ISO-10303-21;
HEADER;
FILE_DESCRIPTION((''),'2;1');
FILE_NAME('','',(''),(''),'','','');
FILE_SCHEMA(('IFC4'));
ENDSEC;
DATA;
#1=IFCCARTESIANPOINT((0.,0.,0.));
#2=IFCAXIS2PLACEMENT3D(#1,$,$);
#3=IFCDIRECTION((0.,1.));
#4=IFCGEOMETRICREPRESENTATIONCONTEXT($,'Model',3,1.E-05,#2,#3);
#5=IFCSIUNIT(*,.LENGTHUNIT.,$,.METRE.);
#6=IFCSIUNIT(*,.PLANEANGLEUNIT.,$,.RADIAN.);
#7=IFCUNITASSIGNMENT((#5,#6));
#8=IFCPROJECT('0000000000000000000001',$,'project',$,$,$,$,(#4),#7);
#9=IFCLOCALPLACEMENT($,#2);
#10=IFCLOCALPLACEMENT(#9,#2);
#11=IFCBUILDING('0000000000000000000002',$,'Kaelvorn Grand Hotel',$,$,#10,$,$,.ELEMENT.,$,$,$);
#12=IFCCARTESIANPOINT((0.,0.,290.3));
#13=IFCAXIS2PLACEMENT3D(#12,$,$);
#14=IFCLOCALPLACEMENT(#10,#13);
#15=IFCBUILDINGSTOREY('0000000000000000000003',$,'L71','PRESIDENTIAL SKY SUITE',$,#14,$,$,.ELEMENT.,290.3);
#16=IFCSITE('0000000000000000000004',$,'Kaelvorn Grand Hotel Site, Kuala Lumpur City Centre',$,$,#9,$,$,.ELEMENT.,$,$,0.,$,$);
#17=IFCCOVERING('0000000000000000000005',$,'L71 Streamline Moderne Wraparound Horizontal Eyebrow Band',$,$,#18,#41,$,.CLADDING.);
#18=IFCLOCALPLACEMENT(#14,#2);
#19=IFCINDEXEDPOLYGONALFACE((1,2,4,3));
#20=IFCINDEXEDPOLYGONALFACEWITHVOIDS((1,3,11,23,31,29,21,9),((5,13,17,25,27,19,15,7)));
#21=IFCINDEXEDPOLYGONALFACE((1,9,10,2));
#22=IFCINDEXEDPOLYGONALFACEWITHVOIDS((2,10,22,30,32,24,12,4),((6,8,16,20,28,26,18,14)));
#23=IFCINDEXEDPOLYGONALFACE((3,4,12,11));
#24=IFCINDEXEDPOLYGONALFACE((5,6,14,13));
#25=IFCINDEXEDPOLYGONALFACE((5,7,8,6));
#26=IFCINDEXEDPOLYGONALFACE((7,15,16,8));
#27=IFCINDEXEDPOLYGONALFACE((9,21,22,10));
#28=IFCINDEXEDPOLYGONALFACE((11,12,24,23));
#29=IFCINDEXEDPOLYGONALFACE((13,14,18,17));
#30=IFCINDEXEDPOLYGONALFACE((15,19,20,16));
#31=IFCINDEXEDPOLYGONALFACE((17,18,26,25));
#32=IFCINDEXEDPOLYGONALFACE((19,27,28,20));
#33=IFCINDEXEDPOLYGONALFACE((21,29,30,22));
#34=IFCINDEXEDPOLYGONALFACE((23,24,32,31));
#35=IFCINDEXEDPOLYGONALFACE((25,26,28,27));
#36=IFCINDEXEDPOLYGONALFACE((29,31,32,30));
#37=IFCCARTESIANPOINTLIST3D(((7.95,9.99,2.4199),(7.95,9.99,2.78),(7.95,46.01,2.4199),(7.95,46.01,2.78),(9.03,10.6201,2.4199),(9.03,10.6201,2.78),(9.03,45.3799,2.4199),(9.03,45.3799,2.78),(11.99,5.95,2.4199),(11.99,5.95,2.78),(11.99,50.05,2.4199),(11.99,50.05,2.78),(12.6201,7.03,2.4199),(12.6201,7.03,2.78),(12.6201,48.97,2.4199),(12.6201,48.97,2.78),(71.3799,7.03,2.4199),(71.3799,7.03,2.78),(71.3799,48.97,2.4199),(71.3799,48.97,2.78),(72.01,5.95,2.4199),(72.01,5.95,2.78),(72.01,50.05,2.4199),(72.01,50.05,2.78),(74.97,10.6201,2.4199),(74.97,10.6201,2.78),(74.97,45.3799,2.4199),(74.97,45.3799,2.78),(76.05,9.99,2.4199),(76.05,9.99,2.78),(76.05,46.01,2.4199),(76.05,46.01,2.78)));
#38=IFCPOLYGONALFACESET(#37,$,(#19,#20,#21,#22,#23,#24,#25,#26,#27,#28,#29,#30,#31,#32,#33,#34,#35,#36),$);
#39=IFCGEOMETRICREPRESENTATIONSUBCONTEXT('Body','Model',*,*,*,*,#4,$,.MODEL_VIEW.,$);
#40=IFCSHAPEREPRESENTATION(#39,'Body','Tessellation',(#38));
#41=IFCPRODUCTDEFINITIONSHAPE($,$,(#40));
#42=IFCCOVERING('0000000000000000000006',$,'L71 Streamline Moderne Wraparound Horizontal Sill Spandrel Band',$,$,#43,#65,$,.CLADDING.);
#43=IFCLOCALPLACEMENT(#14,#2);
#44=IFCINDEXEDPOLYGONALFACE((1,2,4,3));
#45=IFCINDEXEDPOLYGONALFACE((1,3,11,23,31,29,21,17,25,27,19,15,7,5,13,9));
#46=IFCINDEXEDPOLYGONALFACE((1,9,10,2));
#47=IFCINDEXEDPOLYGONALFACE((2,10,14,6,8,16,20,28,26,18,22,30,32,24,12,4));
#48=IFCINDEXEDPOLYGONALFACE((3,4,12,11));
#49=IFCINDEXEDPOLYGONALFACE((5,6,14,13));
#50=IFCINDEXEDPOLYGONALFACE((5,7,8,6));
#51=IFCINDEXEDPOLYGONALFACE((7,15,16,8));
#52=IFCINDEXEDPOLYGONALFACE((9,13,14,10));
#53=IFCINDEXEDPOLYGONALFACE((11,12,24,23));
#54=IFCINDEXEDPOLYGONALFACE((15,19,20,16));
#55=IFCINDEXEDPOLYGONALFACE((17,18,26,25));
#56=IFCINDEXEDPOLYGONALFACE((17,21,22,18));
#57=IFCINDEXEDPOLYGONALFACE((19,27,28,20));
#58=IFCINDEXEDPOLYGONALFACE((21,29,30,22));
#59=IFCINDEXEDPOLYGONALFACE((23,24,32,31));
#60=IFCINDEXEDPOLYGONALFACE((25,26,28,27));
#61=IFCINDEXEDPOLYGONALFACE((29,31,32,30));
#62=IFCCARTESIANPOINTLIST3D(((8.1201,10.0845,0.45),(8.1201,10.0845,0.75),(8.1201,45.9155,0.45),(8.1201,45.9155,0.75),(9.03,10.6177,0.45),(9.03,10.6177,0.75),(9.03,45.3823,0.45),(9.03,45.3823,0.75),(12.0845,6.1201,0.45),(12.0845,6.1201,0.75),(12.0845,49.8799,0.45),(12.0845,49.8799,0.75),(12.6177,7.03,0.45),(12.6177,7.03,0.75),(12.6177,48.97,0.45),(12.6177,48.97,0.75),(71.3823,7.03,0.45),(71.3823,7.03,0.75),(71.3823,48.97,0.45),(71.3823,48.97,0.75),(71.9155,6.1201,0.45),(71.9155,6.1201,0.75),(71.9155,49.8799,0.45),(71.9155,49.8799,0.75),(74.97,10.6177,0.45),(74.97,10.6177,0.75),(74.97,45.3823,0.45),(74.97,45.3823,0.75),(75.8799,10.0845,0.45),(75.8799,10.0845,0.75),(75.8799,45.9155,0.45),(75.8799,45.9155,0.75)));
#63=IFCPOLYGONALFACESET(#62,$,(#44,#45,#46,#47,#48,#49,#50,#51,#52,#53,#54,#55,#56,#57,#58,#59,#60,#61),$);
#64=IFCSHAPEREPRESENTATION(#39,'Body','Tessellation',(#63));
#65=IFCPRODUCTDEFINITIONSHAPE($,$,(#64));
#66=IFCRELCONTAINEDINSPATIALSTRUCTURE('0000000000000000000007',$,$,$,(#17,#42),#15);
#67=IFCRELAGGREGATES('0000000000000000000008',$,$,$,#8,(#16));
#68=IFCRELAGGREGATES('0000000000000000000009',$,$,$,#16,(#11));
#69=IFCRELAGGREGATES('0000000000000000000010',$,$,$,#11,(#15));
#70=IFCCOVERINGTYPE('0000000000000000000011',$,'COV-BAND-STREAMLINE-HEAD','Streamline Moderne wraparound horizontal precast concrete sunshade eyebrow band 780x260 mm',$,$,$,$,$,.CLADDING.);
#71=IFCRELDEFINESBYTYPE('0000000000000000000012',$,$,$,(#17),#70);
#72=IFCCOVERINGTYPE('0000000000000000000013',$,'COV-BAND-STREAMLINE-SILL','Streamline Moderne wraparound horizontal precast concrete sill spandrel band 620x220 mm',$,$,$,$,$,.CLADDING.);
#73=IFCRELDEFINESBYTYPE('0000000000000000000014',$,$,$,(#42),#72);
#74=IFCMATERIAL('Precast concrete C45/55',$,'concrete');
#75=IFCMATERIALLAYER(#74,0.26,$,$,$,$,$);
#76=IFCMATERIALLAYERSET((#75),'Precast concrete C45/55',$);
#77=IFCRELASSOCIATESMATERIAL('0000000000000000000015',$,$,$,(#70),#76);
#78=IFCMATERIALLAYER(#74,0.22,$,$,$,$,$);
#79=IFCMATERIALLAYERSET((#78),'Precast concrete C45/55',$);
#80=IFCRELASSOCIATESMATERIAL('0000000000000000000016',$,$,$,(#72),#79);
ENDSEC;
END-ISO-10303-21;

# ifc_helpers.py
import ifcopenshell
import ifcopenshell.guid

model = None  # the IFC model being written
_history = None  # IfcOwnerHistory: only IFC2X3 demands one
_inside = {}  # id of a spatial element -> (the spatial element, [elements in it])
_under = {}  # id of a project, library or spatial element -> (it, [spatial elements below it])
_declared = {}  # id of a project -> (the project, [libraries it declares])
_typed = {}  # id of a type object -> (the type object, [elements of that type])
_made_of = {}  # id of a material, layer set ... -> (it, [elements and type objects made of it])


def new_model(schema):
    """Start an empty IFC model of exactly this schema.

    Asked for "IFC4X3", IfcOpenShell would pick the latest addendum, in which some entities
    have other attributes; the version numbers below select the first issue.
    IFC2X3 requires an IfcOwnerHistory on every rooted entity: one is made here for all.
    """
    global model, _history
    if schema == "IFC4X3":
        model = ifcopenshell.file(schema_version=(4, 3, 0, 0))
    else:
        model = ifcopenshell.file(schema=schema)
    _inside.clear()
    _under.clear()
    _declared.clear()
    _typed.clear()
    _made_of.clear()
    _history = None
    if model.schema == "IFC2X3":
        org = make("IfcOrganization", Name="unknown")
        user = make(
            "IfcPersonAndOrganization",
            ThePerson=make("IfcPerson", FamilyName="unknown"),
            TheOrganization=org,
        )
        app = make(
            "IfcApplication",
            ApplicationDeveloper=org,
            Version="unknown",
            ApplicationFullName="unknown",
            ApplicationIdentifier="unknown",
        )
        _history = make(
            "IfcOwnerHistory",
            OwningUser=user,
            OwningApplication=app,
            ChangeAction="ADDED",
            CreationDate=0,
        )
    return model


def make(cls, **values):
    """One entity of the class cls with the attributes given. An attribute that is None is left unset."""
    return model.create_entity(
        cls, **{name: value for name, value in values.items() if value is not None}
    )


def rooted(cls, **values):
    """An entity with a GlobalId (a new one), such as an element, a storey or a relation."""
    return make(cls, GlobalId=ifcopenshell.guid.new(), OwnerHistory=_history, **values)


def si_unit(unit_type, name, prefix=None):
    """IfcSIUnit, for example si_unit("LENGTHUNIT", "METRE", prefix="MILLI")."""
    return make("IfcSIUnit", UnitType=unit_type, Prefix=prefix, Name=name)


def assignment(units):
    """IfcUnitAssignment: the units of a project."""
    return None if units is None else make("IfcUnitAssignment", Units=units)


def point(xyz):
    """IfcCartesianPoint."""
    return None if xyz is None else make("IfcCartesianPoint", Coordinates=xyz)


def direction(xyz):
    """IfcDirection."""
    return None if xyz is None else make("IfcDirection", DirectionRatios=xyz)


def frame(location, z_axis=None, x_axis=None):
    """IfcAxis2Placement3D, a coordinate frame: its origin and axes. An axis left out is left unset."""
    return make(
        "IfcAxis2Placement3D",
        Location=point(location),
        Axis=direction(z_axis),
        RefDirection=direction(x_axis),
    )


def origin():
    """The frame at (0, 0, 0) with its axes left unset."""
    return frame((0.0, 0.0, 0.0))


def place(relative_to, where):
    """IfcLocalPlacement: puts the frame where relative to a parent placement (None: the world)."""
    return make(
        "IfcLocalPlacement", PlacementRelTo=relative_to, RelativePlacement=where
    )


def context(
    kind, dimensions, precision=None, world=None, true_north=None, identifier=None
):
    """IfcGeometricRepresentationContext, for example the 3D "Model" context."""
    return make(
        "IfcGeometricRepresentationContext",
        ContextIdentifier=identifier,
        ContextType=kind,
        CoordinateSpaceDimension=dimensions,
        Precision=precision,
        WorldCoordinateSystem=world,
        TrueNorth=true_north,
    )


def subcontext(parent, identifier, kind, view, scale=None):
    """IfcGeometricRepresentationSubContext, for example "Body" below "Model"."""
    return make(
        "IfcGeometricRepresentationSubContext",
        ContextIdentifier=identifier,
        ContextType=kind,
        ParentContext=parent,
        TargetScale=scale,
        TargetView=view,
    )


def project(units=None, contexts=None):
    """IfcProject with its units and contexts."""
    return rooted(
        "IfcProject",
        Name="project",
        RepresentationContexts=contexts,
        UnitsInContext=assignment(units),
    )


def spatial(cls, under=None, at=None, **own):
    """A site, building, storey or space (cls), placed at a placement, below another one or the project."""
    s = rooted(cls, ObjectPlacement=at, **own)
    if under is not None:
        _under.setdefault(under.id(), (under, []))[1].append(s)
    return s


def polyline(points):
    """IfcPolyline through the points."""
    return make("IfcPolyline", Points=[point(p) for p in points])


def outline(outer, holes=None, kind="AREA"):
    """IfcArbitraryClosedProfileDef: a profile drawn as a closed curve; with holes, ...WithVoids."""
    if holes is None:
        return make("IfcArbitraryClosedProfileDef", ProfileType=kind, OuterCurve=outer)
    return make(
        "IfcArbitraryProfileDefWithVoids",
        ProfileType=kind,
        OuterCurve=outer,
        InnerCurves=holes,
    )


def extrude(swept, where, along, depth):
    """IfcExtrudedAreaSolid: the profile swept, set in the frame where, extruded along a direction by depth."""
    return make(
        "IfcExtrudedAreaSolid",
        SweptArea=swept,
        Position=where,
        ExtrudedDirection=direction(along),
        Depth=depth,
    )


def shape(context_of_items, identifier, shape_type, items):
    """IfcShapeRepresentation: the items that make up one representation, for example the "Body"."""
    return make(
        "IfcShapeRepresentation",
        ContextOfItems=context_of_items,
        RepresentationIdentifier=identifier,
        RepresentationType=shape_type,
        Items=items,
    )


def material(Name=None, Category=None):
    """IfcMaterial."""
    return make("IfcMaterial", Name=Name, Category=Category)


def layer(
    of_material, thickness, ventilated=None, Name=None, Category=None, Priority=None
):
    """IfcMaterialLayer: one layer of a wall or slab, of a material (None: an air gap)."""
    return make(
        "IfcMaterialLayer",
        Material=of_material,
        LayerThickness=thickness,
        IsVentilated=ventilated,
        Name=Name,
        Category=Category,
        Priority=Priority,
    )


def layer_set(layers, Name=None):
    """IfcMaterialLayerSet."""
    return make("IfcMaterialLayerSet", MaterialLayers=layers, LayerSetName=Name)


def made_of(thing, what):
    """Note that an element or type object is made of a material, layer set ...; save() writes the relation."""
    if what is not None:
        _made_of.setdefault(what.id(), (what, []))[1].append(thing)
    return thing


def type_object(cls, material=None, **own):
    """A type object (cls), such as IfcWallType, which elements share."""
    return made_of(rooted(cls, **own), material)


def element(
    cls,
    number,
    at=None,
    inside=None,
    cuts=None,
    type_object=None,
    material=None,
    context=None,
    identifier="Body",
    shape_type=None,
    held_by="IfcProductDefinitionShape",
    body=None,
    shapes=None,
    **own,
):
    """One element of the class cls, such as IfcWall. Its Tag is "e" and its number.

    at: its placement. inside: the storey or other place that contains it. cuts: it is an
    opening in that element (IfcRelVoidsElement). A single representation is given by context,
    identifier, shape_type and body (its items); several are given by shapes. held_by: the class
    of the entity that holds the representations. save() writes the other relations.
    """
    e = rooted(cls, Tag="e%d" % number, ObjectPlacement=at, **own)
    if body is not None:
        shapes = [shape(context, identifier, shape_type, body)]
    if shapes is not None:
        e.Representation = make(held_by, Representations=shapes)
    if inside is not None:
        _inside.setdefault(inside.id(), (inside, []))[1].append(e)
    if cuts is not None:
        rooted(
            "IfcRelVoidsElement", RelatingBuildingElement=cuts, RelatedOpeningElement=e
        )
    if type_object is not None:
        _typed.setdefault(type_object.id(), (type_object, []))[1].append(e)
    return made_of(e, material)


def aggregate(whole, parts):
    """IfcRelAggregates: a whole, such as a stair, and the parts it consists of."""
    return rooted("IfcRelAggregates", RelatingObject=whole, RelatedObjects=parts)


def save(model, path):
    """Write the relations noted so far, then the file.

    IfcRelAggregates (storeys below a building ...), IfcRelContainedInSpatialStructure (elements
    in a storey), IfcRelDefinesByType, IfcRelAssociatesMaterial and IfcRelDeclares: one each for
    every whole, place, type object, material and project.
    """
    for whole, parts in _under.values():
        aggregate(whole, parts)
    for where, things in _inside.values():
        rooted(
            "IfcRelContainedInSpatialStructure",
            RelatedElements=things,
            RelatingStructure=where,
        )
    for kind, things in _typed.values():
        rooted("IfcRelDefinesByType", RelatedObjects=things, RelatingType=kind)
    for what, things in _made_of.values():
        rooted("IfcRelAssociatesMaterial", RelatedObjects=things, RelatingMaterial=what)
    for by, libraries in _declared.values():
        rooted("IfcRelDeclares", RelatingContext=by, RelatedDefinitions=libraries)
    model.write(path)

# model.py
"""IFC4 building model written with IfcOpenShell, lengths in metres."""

from ifc_helpers import new_model, si_unit, direction, frame, origin, place, context, subcontext, project, spatial, polyline, outline, extrude, material, layer, layer_set, type_object, element, save


model = new_model("IFC4")

# Units and contexts
model_context = context("Model", 3, precision=1e-05, world=origin(), true_north=direction((0.0, 1.0)))
body_context = subcontext(model_context, "Body", "Model", "MODEL_VIEW")
ifc_project = project(units=[si_unit("LENGTHUNIT", "METRE"), si_unit("PLANEANGLEUNIT", "RADIAN")], contexts=[model_context])

# Site, building, storey
site_placement = place(None, origin())
site = spatial("IfcSite", under=ifc_project, at=site_placement, Name="Kaelvorn Grand Hotel Site, Kuala Lumpur City Centre", CompositionType="ELEMENT", RefElevation=0.0)
building_placement = place(site_placement, origin())
building = spatial("IfcBuilding", under=site, at=building_placement, Name="Kaelvorn Grand Hotel", CompositionType="ELEMENT")
storey_placement = place(building_placement, frame((0.0, 0.0, 290.3)))
storey = spatial("IfcBuildingStorey", under=building, at=storey_placement, Name="L71", Description="PRESIDENTIAL SKY SUITE", CompositionType="ELEMENT", Elevation=290.3)

# Coverings
ifc_material_1 = material(Name="Precast concrete C45/55", Category="concrete")
ifc_layer_1 = layer(ifc_material_1, 0.26)
ifc_layer_set_1 = layer_set([ifc_layer_1], Name="Precast concrete C45/55")
covering_type_1 = type_object("IfcCoveringType", Name="COV-BAND-STREAMLINE-HEAD", Description="Streamline Moderne wraparound horizontal precast concrete sunshade eyebrow band 780x260 mm", PredefinedType="CLADDING", material=ifc_layer_set_1)
covering_1_placement = place(storey_placement, frame((0.0, 0.0, 2.4199)))
element("IfcCovering", 1, at=covering_1_placement, inside=storey, type_object=covering_type_1, Name="L71 Streamline Moderne Wraparound Horizontal Eyebrow Band", PredefinedType="CLADDING", context=body_context, shape_type="SweptSolid", body=[
    extrude(outline(polyline([(11.99, 5.95), (72.01, 5.95), (76.05, 9.99), (76.05, 46.01), (72.01, 50.05), (11.99, 50.05), (7.95, 46.01), (7.95, 9.99), (11.99, 5.95)]), holes=[polyline([(12.6201, 7.03), (71.3799, 7.03), (74.97, 10.6201), (74.97, 45.3799), (71.3799, 48.97), (12.6201, 48.97), (9.03, 45.3799), (9.03, 10.6201), (12.6201, 7.03)])]), origin(), (0.0, 0.0, 1.0), 0.3601),
])
ifc_layer_2 = layer(ifc_material_1, 0.22)
ifc_layer_set_2 = layer_set([ifc_layer_2], Name="Precast concrete C45/55")
covering_type_2 = type_object("IfcCoveringType", Name="COV-BAND-STREAMLINE-SILL", Description="Streamline Moderne wraparound horizontal precast concrete sill spandrel band 620x220 mm", PredefinedType="CLADDING", material=ifc_layer_set_2)
covering_2_placement = place(storey_placement, frame((0.0, 0.0, 0.45)))
element("IfcCovering", 2, at=covering_2_placement, inside=storey, type_object=covering_type_2, Name="L71 Streamline Moderne Wraparound Horizontal Sill Spandrel Band", PredefinedType="CLADDING", context=body_context, shape_type="SweptSolid", body=[
    extrude(outline(polyline([(71.9155, 6.1201), (75.8799, 10.0845), (75.8799, 45.9155), (71.9155, 49.8799), (12.0845, 49.8799), (8.1201, 45.9155), (8.1201, 10.0845), (12.0845, 6.1201), (12.6177, 7.03), (9.03, 10.6177), (9.03, 45.3823), (12.6177, 48.97), (71.3823, 48.97), (74.97, 45.3823), (74.97, 10.6177), (71.3823, 7.03), (71.9155, 6.1201)])), origin(), (0.0, 0.0, 1.0), 0.3),
])

save(model, "model.ifc")
